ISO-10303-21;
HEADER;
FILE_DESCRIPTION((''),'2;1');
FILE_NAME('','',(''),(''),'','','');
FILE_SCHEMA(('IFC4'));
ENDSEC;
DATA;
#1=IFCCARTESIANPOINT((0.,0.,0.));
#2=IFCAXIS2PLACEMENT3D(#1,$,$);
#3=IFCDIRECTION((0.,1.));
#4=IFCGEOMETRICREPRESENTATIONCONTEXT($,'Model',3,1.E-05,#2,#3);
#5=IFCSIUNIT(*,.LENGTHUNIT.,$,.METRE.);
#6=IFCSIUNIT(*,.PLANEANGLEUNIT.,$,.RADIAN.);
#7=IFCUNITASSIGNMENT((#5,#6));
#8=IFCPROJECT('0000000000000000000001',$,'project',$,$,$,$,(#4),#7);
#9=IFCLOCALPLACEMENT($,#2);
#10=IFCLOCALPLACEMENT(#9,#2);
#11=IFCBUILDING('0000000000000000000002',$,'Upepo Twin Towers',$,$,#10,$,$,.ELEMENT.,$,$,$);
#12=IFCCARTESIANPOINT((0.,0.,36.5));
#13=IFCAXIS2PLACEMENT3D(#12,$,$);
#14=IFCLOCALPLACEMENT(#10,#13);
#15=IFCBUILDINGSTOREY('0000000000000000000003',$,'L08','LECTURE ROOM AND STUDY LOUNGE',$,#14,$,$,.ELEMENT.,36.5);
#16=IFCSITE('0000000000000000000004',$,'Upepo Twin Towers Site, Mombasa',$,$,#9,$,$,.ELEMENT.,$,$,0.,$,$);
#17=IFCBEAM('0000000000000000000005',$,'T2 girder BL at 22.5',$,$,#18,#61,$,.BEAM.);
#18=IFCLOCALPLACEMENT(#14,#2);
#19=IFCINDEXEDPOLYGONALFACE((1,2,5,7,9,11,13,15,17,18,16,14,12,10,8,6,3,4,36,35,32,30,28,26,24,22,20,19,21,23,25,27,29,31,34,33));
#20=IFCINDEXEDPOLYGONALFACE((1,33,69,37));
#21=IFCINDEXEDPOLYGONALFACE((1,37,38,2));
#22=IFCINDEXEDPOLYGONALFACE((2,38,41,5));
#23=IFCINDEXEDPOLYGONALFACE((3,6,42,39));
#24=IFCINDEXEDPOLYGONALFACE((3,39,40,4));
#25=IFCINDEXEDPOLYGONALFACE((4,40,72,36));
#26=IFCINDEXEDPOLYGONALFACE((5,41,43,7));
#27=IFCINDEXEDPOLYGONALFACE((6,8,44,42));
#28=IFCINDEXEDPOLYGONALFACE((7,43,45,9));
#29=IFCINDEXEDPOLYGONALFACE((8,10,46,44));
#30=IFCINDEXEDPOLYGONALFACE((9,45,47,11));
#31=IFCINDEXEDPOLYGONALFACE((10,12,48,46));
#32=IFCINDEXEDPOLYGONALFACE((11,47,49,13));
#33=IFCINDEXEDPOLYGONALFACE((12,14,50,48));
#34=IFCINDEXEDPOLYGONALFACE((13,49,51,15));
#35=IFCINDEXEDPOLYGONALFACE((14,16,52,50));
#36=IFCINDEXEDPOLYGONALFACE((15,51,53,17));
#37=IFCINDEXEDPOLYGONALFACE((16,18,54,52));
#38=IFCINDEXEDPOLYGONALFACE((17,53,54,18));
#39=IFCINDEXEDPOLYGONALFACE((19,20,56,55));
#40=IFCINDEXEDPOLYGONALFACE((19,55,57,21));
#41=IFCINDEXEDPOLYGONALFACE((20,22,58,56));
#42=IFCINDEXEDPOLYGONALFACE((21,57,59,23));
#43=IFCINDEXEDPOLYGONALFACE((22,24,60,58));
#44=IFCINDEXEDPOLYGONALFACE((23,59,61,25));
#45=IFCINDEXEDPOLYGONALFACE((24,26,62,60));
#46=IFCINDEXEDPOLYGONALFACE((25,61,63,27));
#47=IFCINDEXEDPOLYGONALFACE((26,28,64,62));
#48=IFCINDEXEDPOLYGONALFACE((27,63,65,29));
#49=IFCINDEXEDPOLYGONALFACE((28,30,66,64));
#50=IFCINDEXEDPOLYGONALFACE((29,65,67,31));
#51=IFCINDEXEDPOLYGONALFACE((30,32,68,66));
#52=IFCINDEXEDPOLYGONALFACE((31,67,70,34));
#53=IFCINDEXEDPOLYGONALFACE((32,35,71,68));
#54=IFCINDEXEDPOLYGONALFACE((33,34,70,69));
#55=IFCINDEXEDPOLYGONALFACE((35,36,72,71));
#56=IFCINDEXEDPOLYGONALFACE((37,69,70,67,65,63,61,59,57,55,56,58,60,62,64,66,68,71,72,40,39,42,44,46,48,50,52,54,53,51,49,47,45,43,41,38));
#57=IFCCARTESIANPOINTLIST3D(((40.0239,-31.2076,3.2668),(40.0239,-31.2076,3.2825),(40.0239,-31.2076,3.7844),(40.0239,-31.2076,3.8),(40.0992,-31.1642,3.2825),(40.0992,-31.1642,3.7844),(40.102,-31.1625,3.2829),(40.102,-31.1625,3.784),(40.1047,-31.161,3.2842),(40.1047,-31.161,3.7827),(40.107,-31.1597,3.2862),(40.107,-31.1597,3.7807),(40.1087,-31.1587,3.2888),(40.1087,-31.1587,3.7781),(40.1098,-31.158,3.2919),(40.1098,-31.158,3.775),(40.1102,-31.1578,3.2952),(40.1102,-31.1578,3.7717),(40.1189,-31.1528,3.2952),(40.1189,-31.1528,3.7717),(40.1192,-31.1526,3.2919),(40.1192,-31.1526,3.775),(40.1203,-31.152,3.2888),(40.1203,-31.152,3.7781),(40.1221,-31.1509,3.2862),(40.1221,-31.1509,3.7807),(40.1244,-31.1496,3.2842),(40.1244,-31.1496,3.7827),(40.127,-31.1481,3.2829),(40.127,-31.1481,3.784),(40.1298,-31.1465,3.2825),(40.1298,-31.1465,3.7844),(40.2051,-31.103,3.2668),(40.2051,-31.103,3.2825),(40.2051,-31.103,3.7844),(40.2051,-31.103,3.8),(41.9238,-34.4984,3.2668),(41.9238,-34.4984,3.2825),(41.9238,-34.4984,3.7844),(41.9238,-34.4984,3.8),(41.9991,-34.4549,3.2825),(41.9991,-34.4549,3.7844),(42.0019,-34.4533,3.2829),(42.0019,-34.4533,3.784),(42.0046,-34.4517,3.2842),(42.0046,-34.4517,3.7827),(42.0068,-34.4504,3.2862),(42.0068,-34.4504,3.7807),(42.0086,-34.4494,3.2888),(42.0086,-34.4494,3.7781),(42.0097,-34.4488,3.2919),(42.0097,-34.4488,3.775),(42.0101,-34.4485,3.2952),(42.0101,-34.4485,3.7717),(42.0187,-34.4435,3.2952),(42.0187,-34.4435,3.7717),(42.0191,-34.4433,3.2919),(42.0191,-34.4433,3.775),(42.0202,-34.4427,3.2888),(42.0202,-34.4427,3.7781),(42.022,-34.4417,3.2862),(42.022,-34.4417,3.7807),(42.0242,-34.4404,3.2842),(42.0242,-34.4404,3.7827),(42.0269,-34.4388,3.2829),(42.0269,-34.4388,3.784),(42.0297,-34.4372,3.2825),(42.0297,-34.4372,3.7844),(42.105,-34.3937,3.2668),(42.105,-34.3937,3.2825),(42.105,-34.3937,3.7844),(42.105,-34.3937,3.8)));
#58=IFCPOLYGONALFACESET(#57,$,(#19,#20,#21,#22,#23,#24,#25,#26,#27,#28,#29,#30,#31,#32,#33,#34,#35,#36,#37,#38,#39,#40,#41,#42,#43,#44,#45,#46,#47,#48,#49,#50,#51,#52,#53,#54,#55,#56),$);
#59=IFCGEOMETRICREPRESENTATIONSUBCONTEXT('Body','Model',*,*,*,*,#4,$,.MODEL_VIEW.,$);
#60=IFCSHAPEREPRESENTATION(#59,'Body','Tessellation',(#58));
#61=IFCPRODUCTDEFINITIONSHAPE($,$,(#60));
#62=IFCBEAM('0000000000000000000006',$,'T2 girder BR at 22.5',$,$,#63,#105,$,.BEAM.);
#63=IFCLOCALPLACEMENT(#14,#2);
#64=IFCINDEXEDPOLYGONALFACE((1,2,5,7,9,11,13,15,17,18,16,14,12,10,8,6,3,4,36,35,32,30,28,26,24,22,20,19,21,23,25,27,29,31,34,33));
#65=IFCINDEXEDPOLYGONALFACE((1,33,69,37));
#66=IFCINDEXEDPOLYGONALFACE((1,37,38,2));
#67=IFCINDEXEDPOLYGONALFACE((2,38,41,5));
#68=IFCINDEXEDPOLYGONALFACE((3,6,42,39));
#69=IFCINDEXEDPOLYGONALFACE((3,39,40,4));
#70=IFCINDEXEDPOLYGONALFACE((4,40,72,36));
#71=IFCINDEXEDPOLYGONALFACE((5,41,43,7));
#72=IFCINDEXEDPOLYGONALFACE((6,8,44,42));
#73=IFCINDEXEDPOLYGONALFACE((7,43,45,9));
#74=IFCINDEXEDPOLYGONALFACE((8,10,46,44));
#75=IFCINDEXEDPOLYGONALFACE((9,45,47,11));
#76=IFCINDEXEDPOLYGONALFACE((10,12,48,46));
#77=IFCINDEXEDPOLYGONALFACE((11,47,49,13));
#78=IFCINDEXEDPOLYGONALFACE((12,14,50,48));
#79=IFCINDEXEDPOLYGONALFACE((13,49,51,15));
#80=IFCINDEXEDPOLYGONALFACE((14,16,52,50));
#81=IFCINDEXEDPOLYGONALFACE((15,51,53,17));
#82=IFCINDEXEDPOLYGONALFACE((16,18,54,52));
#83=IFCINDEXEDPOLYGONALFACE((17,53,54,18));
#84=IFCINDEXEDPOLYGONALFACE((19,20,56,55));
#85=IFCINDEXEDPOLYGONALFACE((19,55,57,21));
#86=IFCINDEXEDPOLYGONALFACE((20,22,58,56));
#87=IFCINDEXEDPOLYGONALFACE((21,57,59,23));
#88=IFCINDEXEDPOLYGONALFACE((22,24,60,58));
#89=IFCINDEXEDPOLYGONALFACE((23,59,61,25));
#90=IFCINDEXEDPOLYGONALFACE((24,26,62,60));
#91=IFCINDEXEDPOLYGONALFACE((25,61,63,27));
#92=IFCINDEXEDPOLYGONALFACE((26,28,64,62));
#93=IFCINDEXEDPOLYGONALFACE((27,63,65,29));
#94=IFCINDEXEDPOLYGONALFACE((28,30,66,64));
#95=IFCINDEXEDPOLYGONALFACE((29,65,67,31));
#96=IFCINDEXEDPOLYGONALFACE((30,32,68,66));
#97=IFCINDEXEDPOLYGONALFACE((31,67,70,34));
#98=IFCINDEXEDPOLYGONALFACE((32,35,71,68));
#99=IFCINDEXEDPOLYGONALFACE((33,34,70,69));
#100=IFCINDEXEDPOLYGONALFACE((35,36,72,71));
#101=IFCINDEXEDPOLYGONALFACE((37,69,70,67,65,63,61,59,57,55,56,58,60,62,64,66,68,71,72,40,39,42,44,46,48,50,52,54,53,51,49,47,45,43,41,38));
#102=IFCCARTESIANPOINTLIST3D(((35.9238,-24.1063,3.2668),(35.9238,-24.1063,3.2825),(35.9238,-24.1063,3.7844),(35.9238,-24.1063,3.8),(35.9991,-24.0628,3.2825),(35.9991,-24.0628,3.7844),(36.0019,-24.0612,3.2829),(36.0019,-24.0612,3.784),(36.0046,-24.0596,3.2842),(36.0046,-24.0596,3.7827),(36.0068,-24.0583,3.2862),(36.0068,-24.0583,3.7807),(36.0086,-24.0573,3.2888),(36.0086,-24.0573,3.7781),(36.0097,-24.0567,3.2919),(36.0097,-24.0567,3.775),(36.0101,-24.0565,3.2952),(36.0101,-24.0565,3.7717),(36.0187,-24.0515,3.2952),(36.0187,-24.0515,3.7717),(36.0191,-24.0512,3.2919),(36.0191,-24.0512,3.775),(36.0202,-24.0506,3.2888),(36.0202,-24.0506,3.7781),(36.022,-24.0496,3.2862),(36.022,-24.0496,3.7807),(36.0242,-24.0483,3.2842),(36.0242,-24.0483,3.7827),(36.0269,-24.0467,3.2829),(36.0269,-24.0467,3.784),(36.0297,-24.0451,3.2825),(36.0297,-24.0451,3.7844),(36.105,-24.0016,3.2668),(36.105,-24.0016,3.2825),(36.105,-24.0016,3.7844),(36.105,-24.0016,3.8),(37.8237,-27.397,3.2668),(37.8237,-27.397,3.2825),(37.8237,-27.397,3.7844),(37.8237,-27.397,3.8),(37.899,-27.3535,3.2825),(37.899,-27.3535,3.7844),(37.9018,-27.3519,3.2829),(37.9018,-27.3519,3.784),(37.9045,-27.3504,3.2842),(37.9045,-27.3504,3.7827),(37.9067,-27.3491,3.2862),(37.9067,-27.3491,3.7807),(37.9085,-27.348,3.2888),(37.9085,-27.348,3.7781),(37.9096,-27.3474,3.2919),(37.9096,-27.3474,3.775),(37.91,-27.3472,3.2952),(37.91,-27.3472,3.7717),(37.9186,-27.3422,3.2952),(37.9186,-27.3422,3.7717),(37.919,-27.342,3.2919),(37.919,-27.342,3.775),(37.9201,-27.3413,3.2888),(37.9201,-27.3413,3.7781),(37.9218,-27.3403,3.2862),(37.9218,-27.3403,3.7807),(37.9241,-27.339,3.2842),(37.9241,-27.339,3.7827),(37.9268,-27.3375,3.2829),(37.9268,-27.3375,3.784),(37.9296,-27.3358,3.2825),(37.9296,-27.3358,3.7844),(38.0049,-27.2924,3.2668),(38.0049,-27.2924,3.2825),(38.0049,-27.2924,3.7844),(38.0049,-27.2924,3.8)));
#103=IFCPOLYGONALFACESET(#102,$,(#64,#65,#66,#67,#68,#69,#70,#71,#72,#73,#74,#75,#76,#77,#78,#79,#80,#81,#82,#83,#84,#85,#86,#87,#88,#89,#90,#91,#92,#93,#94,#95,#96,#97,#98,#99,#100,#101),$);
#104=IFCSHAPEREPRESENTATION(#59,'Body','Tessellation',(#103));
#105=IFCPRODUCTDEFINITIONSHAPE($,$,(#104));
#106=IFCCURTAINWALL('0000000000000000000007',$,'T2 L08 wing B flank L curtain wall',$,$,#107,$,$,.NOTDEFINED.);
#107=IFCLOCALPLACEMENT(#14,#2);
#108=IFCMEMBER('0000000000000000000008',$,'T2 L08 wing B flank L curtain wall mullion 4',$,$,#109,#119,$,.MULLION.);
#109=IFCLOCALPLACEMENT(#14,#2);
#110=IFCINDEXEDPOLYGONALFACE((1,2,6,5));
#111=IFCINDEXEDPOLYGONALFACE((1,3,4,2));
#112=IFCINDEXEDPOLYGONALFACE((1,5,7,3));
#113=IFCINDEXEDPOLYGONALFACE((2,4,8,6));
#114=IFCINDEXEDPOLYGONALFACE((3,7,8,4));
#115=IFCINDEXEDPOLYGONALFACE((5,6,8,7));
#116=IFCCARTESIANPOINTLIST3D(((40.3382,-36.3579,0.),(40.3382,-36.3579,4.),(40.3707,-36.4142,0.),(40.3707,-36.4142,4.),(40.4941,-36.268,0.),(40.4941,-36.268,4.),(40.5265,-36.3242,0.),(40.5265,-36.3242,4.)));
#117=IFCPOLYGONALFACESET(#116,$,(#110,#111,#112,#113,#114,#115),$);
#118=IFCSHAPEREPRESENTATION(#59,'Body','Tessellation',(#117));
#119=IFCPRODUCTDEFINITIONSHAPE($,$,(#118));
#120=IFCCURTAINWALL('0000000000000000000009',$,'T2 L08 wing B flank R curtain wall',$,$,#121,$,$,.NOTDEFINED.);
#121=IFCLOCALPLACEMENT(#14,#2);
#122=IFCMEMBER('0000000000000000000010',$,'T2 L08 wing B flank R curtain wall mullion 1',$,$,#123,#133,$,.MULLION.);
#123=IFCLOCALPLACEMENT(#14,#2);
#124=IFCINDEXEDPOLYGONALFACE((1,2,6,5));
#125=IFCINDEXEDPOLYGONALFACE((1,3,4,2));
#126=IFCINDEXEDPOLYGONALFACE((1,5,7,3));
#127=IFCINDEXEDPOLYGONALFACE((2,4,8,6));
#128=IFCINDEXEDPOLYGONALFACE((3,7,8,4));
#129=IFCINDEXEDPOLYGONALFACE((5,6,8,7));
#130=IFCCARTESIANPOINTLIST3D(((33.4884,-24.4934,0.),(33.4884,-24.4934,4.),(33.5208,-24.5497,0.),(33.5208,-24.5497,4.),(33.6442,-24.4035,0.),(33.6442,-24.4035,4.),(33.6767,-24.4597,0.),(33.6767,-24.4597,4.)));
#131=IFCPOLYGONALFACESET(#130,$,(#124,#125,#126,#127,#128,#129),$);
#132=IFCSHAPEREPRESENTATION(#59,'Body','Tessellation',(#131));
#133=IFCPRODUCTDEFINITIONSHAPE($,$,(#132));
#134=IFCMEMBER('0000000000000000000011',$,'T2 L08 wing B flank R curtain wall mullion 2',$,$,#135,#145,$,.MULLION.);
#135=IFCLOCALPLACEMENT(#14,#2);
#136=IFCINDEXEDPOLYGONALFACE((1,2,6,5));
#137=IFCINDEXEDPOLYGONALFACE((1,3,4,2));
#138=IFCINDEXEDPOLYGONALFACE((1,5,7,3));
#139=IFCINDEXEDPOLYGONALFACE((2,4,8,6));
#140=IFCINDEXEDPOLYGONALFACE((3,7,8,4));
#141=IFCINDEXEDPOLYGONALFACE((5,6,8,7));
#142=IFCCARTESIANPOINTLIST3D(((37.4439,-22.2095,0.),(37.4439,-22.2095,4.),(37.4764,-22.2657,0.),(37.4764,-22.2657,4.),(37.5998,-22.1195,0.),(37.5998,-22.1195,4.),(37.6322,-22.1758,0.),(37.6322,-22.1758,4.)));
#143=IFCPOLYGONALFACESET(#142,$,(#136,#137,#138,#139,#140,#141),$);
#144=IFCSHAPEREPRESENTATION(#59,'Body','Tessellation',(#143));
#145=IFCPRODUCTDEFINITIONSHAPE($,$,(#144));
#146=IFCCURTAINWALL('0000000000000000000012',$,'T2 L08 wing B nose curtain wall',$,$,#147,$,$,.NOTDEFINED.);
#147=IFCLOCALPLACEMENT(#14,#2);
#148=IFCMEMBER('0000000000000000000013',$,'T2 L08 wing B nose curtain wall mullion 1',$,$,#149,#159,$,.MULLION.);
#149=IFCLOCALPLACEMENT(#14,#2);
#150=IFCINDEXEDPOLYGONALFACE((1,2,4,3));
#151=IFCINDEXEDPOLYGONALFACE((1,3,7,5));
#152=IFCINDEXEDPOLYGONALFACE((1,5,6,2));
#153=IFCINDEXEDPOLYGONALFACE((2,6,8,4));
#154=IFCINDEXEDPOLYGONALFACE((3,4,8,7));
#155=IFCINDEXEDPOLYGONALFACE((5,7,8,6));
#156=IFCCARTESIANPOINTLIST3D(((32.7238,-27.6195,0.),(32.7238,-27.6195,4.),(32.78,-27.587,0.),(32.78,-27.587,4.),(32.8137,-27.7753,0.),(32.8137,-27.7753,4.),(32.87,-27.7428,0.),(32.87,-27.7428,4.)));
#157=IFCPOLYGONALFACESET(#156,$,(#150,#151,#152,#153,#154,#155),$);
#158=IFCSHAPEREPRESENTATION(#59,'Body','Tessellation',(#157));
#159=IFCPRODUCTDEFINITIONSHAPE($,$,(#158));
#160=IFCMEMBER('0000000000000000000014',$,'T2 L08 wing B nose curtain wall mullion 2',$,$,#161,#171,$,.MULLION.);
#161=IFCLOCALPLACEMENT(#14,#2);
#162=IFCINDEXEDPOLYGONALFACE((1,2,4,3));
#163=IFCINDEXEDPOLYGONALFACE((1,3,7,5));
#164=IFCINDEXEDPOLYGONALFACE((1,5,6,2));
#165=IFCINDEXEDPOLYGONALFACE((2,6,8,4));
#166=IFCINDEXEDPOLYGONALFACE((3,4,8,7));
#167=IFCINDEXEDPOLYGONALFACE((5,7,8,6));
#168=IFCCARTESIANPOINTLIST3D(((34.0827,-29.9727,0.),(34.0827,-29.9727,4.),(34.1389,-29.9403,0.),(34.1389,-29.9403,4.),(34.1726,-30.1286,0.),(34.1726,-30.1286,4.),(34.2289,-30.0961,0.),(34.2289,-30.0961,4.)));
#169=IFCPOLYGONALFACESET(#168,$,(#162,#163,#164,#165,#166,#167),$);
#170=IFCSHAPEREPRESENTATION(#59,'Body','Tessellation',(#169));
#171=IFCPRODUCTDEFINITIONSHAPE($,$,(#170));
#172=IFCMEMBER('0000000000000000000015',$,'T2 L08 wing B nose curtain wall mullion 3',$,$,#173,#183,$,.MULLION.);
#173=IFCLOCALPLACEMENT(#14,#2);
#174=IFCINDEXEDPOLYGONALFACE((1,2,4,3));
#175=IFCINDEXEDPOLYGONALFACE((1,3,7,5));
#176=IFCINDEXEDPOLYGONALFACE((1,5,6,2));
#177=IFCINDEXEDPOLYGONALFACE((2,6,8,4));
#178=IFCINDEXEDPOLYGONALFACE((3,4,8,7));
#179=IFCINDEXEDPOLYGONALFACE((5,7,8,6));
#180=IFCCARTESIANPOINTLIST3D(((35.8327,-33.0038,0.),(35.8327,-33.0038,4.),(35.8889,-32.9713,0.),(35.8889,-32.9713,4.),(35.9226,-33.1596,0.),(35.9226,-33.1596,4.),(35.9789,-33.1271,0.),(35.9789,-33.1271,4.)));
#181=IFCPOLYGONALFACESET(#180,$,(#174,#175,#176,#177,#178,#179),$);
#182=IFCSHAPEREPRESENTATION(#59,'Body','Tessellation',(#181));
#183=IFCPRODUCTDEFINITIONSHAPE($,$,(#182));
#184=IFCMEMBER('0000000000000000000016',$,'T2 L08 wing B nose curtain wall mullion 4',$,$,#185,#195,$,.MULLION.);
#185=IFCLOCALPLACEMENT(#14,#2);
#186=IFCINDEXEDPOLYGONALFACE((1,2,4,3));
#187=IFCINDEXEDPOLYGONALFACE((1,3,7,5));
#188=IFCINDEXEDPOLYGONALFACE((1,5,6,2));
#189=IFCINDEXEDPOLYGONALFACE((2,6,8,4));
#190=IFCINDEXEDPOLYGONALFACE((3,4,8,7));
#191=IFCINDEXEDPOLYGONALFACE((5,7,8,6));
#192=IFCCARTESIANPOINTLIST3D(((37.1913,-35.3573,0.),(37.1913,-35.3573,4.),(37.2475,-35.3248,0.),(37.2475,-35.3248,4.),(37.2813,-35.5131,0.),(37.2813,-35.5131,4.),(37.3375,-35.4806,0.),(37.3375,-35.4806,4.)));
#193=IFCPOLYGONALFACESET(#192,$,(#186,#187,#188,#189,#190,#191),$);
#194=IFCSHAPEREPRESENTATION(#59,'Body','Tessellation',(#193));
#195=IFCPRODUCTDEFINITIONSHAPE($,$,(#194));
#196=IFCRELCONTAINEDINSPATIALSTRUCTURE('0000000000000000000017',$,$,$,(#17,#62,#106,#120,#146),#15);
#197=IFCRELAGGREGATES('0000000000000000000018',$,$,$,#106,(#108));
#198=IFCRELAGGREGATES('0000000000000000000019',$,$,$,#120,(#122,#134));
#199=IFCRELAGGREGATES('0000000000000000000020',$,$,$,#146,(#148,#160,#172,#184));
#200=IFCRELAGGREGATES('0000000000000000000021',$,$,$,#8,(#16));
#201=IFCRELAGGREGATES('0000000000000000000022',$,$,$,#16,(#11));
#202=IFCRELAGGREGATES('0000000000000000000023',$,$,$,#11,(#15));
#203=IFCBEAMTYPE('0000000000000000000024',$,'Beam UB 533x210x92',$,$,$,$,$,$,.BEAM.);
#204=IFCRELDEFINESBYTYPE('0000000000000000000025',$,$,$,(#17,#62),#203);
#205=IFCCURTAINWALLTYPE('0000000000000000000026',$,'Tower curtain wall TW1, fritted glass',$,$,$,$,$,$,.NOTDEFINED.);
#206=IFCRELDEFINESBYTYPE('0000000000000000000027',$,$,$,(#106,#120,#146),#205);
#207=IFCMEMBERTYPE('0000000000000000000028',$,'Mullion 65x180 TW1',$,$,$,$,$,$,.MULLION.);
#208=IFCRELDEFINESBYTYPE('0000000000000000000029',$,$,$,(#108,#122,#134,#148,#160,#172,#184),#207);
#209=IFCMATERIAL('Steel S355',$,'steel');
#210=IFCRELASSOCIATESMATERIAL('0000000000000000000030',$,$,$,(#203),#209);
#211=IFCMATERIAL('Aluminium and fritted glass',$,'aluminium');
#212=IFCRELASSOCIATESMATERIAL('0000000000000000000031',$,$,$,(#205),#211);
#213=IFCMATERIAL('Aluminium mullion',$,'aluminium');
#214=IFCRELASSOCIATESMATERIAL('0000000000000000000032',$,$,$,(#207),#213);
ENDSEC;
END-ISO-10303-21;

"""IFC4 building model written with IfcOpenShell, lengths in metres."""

from ifc_helpers import new_model, si_unit, direction, frame, origin, origin_2d, place, context, subcontext, project, spatial, rectangle, i_section, extrude, material, material_profile, profile_set, type_object, element, aggregate, save


model = new_model("IFC4")

# Units and contexts
model_context = context("Model", 3, precision=1e-05, world=origin(), true_north=direction((0.0, 1.0)))
body_context = subcontext(model_context, "Body", "Model", "MODEL_VIEW")
ifc_project = project(units=[si_unit("LENGTHUNIT", "METRE"), si_unit("PLANEANGLEUNIT", "RADIAN")], contexts=[model_context])

# Site, building, storey
site_placement = place(None, origin())
site = spatial("IfcSite", under=ifc_project, at=site_placement, Name="Upepo Twin Towers Site, Mombasa", CompositionType="ELEMENT", RefElevation=0.0)
building_placement = place(site_placement, origin())
building = spatial("IfcBuilding", under=site, at=building_placement, Name="Upepo Twin Towers", CompositionType="ELEMENT")
storey_placement = place(building_placement, frame((0.0, 0.0, 36.5)))
storey = spatial("IfcBuildingStorey", under=building, at=storey_placement, Name="L08", Description="LECTURE ROOM AND STUDY LOUNGE", CompositionType="ELEMENT", Elevation=36.5)

# Beams
ifc_material_1 = material(Name="Steel S355", Category="steel")
ifc_material_profile_1 = material_profile(ifc_material_1, i_section(OverallWidth=0.2092, OverallDepth=0.5332, WebThickness=0.01, FlangeThickness=0.0156, FilletRadius=0.0127, at=origin_2d()), Name="UB 533x210x92")
ifc_profile_set_1 = profile_set([ifc_material_profile_1], Name="Steel S355")
beam_type_1 = type_object("IfcBeamType", Name="Beam UB 533x210x92", PredefinedType="BEAM", material=ifc_profile_set_1)
for number, where, z_axis, x_axis, name in (
    (1, (42.0144, -34.446, 3.5334), (-0.499995, 0.866028, 0.0), (-0.866028, -0.499995, 0.0), "T2 girder BL at 22.5"),
    (2, (36.0144, -24.054, 3.5334), (0.499995, -0.866028, 0.0), (0.866028, 0.499995, 0.0), "T2 girder BR at 22.5"),
):
    element("IfcBeam", number, at=place(storey_placement, frame(where, z_axis=z_axis, x_axis=x_axis)), inside=storey, type_object=beam_type_1, Name=name, PredefinedType="BEAM", context=body_context, shape_type="SweptSolid", body=[
        extrude(i_section(OverallWidth=0.2092, OverallDepth=0.5332, WebThickness=0.01, FlangeThickness=0.0156, FilletRadius=0.0127, at=origin_2d()), origin(), (0.0, 0.0, 1.0), 3.7998),
    ])

# Curtain wall, member
ifc_material_2 = material(Name="Aluminium and fritted glass", Category="aluminium")
curtain_wall_type = type_object("IfcCurtainWallType", Name="Tower curtain wall TW1, fritted glass", PredefinedType="NOTDEFINED", material=ifc_material_2)
curtain_wall_1_placement = place(storey_placement, origin())
curtain_wall_1 = element("IfcCurtainWall", 3, at=curtain_wall_1_placement, inside=storey, type_object=curtain_wall_type, Name="T2 L08 wing B flank L curtain wall", PredefinedType="NOTDEFINED")
ifc_material_3 = material(Name="Aluminium mullion", Category="aluminium")
ifc_material_profile_2 = material_profile(ifc_material_3, rectangle(XDim=0.0649, YDim=0.1799, at=origin_2d()), Name="MULLION 65x180")
ifc_profile_set_2 = profile_set([ifc_material_profile_2], Name="Aluminium mullion")
member_type_1 = type_object("IfcMemberType", Name="Mullion 65x180 TW1", PredefinedType="MULLION", material=ifc_profile_set_2)
member_1_placement = place(storey_placement, frame((40.4324, -36.3411, 0.0), z_axis=(0.0, 0.0, 1.0), x_axis=(0.5, -0.866025, 0.0)))
member_1 = element("IfcMember", 4, at=member_1_placement, type_object=member_type_1, Name="T2 L08 wing B flank L curtain wall mullion 4", PredefinedType="MULLION", context=body_context, shape_type="SweptSolid", body=[
    extrude(rectangle(XDim=0.0649, YDim=0.1799, at=origin_2d()), origin(), (0.0, 0.0, 1.0), 4.0),
])
aggregate(curtain_wall_1, [member_1])

# Curtain walls, members
curtain_wall_2_placement = place(storey_placement, origin())
curtain_wall_2 = element("IfcCurtainWall", 5, at=curtain_wall_2_placement, inside=storey, type_object=curtain_wall_type, Name="T2 L08 wing B flank R curtain wall", PredefinedType="NOTDEFINED")
member_2_placement = place(storey_placement, frame((33.5825, -24.4766, 0.0), z_axis=(0.0, 0.0, 1.0), x_axis=(-0.5, 0.866025, 0.0)))
member_2 = element("IfcMember", 6, at=member_2_placement, type_object=member_type_1, Name="T2 L08 wing B flank R curtain wall mullion 1", PredefinedType="MULLION", context=body_context, shape_type="SweptSolid", body=[
    extrude(rectangle(XDim=0.0649, YDim=0.1799, at=origin_2d()), origin(), (0.0, 0.0, 1.0), 4.0),
])
member_3_placement = place(storey_placement, frame((37.5381, -22.1926, 0.0), z_axis=(0.0, 0.0, 1.0), x_axis=(-0.5, 0.866025, 0.0)))
member_3 = element("IfcMember", 7, at=member_3_placement, type_object=member_type_1, Name="T2 L08 wing B flank R curtain wall mullion 2", PredefinedType="MULLION", context=body_context, shape_type="SweptSolid", body=[
    extrude(rectangle(XDim=0.0649, YDim=0.1799, at=origin_2d()), origin(), (0.0, 0.0, 1.0), 4.0),
])
curtain_wall_3_placement = place(storey_placement, origin())
curtain_wall_3 = element("IfcCurtainWall", 8, at=curtain_wall_3_placement, inside=storey, type_object=curtain_wall_type, Name="T2 L08 wing B nose curtain wall", PredefinedType="NOTDEFINED")
member_4_placement = place(storey_placement, frame((32.7969, -27.6812, 0.0), z_axis=(0.0, 0.0, 1.0), x_axis=(0.866025, 0.5, 0.0)))
member_4 = element("IfcMember", 9, at=member_4_placement, type_object=member_type_1, Name="T2 L08 wing B nose curtain wall mullion 1", PredefinedType="MULLION", context=body_context, shape_type="SweptSolid", body=[
    extrude(rectangle(XDim=0.0649, YDim=0.1799, at=origin_2d()), origin(), (0.0, 0.0, 1.0), 4.0),
])
member_5_placement = place(storey_placement, frame((34.1558, -30.0344, 0.0), z_axis=(0.0, 0.0, 1.0), x_axis=(0.866025, 0.5, 0.0)))
member_5 = element("IfcMember", 10, at=member_5_placement, type_object=member_type_1, Name="T2 L08 wing B nose curtain wall mullion 2", PredefinedType="MULLION", context=body_context, shape_type="SweptSolid", body=[
    extrude(rectangle(XDim=0.0649, YDim=0.1799, at=origin_2d()), origin(), (0.0, 0.0, 1.0), 4.0),
])
member_6_placement = place(storey_placement, frame((35.9058, -33.0654, 0.0), z_axis=(0.0, 0.0, 1.0), x_axis=(0.866025, 0.5, 0.0)))
member_6 = element("IfcMember", 11, at=member_6_placement, type_object=member_type_1, Name="T2 L08 wing B nose curtain wall mullion 3", PredefinedType="MULLION", context=body_context, shape_type="SweptSolid", body=[
    extrude(rectangle(XDim=0.0649, YDim=0.1799, at=origin_2d()), origin(), (0.0, 0.0, 1.0), 4.0),
])
member_7_placement = place(storey_placement, frame((37.2644, -35.4189, 0.0), z_axis=(0.0, 0.0, 1.0), x_axis=(0.866025, 0.5, 0.0)))
member_7 = element("IfcMember", 12, at=member_7_placement, type_object=member_type_1, Name="T2 L08 wing B nose curtain wall mullion 4", PredefinedType="MULLION", context=body_context, shape_type="SweptSolid", body=[
    extrude(rectangle(XDim=0.0649, YDim=0.1799, at=origin_2d()), origin(), (0.0, 0.0, 1.0), 4.0),
])

aggregate(curtain_wall_2, [member_2, member_3])
aggregate(curtain_wall_3, [member_4, member_5, member_6, member_7])

save(model, "model.ifc")
